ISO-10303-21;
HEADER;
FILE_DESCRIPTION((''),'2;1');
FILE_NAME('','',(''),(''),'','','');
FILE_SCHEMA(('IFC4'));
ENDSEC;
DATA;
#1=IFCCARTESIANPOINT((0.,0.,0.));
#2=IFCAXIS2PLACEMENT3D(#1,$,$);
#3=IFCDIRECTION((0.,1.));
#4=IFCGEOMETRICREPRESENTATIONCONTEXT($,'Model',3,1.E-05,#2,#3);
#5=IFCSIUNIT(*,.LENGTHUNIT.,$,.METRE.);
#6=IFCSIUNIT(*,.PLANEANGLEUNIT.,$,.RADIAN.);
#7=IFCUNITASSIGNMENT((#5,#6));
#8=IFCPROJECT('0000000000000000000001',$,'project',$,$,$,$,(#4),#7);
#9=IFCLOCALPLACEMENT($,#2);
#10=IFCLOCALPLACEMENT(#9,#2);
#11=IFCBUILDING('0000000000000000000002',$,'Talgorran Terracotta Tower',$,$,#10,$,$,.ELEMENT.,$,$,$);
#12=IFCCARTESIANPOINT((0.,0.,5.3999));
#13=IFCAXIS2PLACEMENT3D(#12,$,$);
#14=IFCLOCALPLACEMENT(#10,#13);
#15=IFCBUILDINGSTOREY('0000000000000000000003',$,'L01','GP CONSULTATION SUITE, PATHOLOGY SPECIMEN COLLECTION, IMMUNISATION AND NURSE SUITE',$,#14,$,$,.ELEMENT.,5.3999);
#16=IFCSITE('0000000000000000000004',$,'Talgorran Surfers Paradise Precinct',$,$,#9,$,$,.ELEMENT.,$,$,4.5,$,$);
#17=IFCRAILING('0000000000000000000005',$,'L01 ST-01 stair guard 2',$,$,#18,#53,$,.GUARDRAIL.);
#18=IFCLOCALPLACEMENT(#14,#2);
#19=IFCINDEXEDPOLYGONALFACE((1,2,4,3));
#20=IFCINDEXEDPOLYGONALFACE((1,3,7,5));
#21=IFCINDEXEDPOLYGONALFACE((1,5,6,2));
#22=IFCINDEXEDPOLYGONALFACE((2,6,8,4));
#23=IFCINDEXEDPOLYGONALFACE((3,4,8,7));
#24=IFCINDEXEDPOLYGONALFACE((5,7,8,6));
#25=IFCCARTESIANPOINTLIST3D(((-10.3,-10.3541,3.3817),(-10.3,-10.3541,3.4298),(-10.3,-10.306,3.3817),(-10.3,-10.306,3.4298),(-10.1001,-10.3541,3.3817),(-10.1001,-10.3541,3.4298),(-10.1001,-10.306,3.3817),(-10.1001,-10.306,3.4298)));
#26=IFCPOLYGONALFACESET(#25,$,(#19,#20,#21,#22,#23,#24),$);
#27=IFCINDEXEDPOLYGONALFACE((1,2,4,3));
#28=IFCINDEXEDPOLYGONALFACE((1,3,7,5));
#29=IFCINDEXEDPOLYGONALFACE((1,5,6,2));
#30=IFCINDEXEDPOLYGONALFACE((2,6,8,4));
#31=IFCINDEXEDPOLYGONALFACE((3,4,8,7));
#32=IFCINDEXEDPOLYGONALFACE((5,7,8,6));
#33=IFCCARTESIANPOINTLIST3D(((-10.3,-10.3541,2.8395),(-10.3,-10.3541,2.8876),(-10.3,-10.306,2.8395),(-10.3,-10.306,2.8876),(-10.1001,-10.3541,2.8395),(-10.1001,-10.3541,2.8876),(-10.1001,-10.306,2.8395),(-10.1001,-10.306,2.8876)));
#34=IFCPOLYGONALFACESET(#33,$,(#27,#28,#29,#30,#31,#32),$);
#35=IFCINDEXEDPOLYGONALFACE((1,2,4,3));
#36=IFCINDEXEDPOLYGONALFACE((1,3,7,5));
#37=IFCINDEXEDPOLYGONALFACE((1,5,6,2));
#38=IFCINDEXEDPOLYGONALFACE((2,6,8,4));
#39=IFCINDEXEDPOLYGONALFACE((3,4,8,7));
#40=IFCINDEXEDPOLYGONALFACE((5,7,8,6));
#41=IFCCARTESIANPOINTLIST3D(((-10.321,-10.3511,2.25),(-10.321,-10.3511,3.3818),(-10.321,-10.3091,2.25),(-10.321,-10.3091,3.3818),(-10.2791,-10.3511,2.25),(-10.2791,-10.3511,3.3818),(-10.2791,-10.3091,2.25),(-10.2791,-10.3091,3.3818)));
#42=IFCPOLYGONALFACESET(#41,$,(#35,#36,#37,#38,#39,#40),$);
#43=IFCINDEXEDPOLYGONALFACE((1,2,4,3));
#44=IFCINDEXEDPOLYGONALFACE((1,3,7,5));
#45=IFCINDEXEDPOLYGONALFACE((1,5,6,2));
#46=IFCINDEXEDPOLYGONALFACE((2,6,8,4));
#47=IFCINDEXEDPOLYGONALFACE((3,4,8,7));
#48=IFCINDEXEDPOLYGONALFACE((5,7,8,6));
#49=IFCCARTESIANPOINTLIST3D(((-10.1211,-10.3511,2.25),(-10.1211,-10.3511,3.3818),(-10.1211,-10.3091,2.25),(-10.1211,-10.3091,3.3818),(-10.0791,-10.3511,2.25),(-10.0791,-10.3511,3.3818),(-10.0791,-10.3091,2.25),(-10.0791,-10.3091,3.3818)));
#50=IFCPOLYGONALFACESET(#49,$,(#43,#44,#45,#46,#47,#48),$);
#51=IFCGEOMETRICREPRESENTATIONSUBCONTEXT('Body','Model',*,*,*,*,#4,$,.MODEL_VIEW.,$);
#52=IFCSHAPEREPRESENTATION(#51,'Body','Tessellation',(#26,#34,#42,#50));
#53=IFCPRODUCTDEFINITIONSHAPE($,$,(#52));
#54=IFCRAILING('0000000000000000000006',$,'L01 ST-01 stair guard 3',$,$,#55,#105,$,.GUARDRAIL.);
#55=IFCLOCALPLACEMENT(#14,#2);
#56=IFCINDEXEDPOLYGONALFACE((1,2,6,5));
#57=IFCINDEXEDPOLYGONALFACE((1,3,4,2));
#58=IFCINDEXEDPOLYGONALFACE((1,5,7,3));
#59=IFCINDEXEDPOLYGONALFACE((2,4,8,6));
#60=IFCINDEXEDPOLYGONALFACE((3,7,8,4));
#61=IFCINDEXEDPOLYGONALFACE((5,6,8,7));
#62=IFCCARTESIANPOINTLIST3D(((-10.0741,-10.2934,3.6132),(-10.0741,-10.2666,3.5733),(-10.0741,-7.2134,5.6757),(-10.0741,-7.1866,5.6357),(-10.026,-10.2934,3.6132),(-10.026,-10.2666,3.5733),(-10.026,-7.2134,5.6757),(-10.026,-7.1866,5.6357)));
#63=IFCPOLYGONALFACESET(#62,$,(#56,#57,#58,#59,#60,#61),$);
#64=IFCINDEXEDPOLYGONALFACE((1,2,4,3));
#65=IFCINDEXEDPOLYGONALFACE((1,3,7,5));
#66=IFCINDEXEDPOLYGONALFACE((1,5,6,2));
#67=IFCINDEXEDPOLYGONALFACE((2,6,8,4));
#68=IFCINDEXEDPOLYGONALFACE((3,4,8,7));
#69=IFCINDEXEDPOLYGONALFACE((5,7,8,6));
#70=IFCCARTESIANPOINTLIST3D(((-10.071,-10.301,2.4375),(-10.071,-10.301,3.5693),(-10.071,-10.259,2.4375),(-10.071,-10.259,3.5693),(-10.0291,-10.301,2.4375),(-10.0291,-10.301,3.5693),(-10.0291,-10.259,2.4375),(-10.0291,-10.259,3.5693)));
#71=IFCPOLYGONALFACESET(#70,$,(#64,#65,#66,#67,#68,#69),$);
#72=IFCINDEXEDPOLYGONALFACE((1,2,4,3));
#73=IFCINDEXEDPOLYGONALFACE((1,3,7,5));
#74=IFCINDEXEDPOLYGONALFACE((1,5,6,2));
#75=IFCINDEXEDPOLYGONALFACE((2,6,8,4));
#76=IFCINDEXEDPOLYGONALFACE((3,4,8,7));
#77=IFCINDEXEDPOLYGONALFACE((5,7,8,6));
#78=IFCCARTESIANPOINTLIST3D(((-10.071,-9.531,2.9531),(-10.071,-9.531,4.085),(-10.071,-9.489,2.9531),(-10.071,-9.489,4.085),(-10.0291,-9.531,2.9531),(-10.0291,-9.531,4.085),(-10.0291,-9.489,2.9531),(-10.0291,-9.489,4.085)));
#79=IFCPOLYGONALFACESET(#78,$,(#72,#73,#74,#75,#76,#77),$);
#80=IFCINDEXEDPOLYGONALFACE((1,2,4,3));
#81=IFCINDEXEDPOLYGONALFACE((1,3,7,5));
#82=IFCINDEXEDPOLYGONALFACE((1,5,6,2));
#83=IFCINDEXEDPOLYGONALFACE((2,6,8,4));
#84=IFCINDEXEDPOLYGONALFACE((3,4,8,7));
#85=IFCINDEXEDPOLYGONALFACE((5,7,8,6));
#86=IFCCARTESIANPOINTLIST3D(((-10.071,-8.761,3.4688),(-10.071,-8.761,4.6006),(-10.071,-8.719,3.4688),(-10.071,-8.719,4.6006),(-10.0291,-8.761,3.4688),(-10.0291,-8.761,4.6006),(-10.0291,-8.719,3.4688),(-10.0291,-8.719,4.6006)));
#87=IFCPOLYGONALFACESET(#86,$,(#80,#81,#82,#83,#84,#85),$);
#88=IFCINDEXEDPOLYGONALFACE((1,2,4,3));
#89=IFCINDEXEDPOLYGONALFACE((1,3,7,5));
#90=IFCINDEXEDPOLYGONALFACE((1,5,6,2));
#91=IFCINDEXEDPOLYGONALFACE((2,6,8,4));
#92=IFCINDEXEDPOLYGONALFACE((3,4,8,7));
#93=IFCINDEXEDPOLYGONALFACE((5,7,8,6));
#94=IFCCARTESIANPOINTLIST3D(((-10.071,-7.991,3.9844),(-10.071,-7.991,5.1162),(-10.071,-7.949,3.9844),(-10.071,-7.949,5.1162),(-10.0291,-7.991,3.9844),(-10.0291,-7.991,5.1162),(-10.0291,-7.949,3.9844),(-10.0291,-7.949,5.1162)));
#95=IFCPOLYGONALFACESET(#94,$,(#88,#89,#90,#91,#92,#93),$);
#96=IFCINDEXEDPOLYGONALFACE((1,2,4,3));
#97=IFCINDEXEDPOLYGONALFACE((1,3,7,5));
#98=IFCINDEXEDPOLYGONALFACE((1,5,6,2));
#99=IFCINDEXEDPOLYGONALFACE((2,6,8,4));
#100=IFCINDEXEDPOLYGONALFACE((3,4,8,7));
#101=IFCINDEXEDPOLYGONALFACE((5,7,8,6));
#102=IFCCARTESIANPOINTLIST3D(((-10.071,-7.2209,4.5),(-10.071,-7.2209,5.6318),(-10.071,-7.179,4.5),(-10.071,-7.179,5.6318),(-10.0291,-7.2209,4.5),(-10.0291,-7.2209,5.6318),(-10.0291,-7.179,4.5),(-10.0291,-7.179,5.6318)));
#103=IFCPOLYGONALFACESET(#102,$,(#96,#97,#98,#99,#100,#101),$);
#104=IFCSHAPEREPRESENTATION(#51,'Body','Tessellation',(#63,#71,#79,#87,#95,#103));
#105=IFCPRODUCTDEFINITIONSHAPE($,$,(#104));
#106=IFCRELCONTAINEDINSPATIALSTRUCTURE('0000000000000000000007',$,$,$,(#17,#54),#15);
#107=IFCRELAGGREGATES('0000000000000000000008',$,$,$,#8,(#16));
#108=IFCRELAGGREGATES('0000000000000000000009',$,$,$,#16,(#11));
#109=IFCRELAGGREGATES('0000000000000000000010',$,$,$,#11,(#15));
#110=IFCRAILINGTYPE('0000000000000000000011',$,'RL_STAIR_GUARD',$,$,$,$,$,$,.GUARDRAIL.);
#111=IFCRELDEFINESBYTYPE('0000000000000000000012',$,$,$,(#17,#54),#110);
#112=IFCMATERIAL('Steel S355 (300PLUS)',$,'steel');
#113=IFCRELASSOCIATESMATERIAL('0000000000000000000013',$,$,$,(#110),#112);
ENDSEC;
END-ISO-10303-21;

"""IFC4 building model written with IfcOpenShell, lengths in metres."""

from ifc_helpers import new_model, si_unit, direction, frame, origin, origin_2d, place, context, subcontext, project, spatial, rectangle, extrude, material, type_object, element, save


model = new_model("IFC4")

# Units and contexts
model_context = context("Model", 3, precision=1e-05, world=origin(), true_north=direction((0.0, 1.0)))
body_context = subcontext(model_context, "Body", "Model", "MODEL_VIEW")
ifc_project = project(units=[si_unit("LENGTHUNIT", "METRE"), si_unit("PLANEANGLEUNIT", "RADIAN")], contexts=[model_context])

# Site, building, storey
site_placement = place(None, origin())
site = spatial("IfcSite", under=ifc_project, at=site_placement, Name="Talgorran Surfers Paradise Precinct", CompositionType="ELEMENT", RefElevation=4.5)
building_placement = place(site_placement, origin())
building = spatial("IfcBuilding", under=site, at=building_placement, Name="Talgorran Terracotta Tower", CompositionType="ELEMENT")
storey_placement = place(building_placement, frame((0.0, 0.0, 5.3999)))
storey = spatial("IfcBuildingStorey", under=building, at=storey_placement, Name="L01", Description="GP CONSULTATION SUITE, PATHOLOGY SPECIMEN COLLECTION, IMMUNISATION AND NURSE SUITE", CompositionType="ELEMENT", Elevation=5.3999)

# Railings
ifc_material_1 = material(Name="Steel S355 (300PLUS)", Category="steel")
railing_type_1 = type_object("IfcRailingType", Name="RL_STAIR_GUARD", PredefinedType="GUARDRAIL", material=ifc_material_1)
railing_1_placement = place(storey_placement, frame((-10.3, -10.3301, 2.25)))
element("IfcRailing", 1, at=railing_1_placement, inside=storey, type_object=railing_type_1, Name="L01 ST-01 stair guard 2", PredefinedType="GUARDRAIL", context=body_context, shape_type="SweptSolid", body=[
    extrude(rectangle(XDim=0.0481, YDim=0.0481, at=origin_2d()), frame((0.0, 0.0, 1.1558), z_axis=(1.0, 0.0, 0.0), x_axis=(0.0, 1.0, 0.0)), (0.0, 0.0, 1.0), 0.2),
    extrude(rectangle(XDim=0.0481, YDim=0.0481, at=origin_2d()), frame((0.0, 0.0, 0.6135), z_axis=(1.0, 0.0, 0.0), x_axis=(0.0, 1.0, 0.0)), (0.0, 0.0, 1.0), 0.2),
    extrude(rectangle(XDim=0.042, YDim=0.042, at=origin_2d()), origin(), (0.0, 0.0, 1.0), 1.1318),
    extrude(rectangle(XDim=0.042, YDim=0.042, at=origin_2d()), frame((0.2, 0.0, 0.0)), (0.0, 0.0, 1.0), 1.1318),
])
railing_2_placement = place(storey_placement, frame((-10.05, -10.28, 2.4375)))
element("IfcRailing", 2, at=railing_2_placement, inside=storey, type_object=railing_type_1, Name="L01 ST-01 stair guard 3", PredefinedType="GUARDRAIL", context=body_context, shape_type="SweptSolid", body=[
    extrude(rectangle(XDim=0.0481, YDim=0.0481, at=origin_2d()), frame((0.0, 0.0, 1.1558), z_axis=(0.0, 0.830914, 0.556401), x_axis=(-1.0, 0.0, 0.0)), (0.0, 0.0, 1.0), 3.7068),
    extrude(rectangle(XDim=0.042, YDim=0.042, at=origin_2d()), origin(), (0.0, 0.0, 1.0), 1.1318),
    extrude(rectangle(XDim=0.042, YDim=0.042, at=origin_2d()), frame((0.0, 0.77, 0.5156)), (0.0, 0.0, 1.0), 1.1318),
    extrude(rectangle(XDim=0.042, YDim=0.042, at=origin_2d()), frame((0.0, 1.54, 1.0312)), (0.0, 0.0, 1.0), 1.1318),
    extrude(rectangle(XDim=0.042, YDim=0.042, at=origin_2d()), frame((0.0, 2.3101, 1.5469)), (0.0, 0.0, 1.0), 1.1318),
    extrude(rectangle(XDim=0.042, YDim=0.042, at=origin_2d()), frame((0.0, 3.0801, 2.0625)), (0.0, 0.0, 1.0), 1.1318),
])

save(model, "model.ifc")
